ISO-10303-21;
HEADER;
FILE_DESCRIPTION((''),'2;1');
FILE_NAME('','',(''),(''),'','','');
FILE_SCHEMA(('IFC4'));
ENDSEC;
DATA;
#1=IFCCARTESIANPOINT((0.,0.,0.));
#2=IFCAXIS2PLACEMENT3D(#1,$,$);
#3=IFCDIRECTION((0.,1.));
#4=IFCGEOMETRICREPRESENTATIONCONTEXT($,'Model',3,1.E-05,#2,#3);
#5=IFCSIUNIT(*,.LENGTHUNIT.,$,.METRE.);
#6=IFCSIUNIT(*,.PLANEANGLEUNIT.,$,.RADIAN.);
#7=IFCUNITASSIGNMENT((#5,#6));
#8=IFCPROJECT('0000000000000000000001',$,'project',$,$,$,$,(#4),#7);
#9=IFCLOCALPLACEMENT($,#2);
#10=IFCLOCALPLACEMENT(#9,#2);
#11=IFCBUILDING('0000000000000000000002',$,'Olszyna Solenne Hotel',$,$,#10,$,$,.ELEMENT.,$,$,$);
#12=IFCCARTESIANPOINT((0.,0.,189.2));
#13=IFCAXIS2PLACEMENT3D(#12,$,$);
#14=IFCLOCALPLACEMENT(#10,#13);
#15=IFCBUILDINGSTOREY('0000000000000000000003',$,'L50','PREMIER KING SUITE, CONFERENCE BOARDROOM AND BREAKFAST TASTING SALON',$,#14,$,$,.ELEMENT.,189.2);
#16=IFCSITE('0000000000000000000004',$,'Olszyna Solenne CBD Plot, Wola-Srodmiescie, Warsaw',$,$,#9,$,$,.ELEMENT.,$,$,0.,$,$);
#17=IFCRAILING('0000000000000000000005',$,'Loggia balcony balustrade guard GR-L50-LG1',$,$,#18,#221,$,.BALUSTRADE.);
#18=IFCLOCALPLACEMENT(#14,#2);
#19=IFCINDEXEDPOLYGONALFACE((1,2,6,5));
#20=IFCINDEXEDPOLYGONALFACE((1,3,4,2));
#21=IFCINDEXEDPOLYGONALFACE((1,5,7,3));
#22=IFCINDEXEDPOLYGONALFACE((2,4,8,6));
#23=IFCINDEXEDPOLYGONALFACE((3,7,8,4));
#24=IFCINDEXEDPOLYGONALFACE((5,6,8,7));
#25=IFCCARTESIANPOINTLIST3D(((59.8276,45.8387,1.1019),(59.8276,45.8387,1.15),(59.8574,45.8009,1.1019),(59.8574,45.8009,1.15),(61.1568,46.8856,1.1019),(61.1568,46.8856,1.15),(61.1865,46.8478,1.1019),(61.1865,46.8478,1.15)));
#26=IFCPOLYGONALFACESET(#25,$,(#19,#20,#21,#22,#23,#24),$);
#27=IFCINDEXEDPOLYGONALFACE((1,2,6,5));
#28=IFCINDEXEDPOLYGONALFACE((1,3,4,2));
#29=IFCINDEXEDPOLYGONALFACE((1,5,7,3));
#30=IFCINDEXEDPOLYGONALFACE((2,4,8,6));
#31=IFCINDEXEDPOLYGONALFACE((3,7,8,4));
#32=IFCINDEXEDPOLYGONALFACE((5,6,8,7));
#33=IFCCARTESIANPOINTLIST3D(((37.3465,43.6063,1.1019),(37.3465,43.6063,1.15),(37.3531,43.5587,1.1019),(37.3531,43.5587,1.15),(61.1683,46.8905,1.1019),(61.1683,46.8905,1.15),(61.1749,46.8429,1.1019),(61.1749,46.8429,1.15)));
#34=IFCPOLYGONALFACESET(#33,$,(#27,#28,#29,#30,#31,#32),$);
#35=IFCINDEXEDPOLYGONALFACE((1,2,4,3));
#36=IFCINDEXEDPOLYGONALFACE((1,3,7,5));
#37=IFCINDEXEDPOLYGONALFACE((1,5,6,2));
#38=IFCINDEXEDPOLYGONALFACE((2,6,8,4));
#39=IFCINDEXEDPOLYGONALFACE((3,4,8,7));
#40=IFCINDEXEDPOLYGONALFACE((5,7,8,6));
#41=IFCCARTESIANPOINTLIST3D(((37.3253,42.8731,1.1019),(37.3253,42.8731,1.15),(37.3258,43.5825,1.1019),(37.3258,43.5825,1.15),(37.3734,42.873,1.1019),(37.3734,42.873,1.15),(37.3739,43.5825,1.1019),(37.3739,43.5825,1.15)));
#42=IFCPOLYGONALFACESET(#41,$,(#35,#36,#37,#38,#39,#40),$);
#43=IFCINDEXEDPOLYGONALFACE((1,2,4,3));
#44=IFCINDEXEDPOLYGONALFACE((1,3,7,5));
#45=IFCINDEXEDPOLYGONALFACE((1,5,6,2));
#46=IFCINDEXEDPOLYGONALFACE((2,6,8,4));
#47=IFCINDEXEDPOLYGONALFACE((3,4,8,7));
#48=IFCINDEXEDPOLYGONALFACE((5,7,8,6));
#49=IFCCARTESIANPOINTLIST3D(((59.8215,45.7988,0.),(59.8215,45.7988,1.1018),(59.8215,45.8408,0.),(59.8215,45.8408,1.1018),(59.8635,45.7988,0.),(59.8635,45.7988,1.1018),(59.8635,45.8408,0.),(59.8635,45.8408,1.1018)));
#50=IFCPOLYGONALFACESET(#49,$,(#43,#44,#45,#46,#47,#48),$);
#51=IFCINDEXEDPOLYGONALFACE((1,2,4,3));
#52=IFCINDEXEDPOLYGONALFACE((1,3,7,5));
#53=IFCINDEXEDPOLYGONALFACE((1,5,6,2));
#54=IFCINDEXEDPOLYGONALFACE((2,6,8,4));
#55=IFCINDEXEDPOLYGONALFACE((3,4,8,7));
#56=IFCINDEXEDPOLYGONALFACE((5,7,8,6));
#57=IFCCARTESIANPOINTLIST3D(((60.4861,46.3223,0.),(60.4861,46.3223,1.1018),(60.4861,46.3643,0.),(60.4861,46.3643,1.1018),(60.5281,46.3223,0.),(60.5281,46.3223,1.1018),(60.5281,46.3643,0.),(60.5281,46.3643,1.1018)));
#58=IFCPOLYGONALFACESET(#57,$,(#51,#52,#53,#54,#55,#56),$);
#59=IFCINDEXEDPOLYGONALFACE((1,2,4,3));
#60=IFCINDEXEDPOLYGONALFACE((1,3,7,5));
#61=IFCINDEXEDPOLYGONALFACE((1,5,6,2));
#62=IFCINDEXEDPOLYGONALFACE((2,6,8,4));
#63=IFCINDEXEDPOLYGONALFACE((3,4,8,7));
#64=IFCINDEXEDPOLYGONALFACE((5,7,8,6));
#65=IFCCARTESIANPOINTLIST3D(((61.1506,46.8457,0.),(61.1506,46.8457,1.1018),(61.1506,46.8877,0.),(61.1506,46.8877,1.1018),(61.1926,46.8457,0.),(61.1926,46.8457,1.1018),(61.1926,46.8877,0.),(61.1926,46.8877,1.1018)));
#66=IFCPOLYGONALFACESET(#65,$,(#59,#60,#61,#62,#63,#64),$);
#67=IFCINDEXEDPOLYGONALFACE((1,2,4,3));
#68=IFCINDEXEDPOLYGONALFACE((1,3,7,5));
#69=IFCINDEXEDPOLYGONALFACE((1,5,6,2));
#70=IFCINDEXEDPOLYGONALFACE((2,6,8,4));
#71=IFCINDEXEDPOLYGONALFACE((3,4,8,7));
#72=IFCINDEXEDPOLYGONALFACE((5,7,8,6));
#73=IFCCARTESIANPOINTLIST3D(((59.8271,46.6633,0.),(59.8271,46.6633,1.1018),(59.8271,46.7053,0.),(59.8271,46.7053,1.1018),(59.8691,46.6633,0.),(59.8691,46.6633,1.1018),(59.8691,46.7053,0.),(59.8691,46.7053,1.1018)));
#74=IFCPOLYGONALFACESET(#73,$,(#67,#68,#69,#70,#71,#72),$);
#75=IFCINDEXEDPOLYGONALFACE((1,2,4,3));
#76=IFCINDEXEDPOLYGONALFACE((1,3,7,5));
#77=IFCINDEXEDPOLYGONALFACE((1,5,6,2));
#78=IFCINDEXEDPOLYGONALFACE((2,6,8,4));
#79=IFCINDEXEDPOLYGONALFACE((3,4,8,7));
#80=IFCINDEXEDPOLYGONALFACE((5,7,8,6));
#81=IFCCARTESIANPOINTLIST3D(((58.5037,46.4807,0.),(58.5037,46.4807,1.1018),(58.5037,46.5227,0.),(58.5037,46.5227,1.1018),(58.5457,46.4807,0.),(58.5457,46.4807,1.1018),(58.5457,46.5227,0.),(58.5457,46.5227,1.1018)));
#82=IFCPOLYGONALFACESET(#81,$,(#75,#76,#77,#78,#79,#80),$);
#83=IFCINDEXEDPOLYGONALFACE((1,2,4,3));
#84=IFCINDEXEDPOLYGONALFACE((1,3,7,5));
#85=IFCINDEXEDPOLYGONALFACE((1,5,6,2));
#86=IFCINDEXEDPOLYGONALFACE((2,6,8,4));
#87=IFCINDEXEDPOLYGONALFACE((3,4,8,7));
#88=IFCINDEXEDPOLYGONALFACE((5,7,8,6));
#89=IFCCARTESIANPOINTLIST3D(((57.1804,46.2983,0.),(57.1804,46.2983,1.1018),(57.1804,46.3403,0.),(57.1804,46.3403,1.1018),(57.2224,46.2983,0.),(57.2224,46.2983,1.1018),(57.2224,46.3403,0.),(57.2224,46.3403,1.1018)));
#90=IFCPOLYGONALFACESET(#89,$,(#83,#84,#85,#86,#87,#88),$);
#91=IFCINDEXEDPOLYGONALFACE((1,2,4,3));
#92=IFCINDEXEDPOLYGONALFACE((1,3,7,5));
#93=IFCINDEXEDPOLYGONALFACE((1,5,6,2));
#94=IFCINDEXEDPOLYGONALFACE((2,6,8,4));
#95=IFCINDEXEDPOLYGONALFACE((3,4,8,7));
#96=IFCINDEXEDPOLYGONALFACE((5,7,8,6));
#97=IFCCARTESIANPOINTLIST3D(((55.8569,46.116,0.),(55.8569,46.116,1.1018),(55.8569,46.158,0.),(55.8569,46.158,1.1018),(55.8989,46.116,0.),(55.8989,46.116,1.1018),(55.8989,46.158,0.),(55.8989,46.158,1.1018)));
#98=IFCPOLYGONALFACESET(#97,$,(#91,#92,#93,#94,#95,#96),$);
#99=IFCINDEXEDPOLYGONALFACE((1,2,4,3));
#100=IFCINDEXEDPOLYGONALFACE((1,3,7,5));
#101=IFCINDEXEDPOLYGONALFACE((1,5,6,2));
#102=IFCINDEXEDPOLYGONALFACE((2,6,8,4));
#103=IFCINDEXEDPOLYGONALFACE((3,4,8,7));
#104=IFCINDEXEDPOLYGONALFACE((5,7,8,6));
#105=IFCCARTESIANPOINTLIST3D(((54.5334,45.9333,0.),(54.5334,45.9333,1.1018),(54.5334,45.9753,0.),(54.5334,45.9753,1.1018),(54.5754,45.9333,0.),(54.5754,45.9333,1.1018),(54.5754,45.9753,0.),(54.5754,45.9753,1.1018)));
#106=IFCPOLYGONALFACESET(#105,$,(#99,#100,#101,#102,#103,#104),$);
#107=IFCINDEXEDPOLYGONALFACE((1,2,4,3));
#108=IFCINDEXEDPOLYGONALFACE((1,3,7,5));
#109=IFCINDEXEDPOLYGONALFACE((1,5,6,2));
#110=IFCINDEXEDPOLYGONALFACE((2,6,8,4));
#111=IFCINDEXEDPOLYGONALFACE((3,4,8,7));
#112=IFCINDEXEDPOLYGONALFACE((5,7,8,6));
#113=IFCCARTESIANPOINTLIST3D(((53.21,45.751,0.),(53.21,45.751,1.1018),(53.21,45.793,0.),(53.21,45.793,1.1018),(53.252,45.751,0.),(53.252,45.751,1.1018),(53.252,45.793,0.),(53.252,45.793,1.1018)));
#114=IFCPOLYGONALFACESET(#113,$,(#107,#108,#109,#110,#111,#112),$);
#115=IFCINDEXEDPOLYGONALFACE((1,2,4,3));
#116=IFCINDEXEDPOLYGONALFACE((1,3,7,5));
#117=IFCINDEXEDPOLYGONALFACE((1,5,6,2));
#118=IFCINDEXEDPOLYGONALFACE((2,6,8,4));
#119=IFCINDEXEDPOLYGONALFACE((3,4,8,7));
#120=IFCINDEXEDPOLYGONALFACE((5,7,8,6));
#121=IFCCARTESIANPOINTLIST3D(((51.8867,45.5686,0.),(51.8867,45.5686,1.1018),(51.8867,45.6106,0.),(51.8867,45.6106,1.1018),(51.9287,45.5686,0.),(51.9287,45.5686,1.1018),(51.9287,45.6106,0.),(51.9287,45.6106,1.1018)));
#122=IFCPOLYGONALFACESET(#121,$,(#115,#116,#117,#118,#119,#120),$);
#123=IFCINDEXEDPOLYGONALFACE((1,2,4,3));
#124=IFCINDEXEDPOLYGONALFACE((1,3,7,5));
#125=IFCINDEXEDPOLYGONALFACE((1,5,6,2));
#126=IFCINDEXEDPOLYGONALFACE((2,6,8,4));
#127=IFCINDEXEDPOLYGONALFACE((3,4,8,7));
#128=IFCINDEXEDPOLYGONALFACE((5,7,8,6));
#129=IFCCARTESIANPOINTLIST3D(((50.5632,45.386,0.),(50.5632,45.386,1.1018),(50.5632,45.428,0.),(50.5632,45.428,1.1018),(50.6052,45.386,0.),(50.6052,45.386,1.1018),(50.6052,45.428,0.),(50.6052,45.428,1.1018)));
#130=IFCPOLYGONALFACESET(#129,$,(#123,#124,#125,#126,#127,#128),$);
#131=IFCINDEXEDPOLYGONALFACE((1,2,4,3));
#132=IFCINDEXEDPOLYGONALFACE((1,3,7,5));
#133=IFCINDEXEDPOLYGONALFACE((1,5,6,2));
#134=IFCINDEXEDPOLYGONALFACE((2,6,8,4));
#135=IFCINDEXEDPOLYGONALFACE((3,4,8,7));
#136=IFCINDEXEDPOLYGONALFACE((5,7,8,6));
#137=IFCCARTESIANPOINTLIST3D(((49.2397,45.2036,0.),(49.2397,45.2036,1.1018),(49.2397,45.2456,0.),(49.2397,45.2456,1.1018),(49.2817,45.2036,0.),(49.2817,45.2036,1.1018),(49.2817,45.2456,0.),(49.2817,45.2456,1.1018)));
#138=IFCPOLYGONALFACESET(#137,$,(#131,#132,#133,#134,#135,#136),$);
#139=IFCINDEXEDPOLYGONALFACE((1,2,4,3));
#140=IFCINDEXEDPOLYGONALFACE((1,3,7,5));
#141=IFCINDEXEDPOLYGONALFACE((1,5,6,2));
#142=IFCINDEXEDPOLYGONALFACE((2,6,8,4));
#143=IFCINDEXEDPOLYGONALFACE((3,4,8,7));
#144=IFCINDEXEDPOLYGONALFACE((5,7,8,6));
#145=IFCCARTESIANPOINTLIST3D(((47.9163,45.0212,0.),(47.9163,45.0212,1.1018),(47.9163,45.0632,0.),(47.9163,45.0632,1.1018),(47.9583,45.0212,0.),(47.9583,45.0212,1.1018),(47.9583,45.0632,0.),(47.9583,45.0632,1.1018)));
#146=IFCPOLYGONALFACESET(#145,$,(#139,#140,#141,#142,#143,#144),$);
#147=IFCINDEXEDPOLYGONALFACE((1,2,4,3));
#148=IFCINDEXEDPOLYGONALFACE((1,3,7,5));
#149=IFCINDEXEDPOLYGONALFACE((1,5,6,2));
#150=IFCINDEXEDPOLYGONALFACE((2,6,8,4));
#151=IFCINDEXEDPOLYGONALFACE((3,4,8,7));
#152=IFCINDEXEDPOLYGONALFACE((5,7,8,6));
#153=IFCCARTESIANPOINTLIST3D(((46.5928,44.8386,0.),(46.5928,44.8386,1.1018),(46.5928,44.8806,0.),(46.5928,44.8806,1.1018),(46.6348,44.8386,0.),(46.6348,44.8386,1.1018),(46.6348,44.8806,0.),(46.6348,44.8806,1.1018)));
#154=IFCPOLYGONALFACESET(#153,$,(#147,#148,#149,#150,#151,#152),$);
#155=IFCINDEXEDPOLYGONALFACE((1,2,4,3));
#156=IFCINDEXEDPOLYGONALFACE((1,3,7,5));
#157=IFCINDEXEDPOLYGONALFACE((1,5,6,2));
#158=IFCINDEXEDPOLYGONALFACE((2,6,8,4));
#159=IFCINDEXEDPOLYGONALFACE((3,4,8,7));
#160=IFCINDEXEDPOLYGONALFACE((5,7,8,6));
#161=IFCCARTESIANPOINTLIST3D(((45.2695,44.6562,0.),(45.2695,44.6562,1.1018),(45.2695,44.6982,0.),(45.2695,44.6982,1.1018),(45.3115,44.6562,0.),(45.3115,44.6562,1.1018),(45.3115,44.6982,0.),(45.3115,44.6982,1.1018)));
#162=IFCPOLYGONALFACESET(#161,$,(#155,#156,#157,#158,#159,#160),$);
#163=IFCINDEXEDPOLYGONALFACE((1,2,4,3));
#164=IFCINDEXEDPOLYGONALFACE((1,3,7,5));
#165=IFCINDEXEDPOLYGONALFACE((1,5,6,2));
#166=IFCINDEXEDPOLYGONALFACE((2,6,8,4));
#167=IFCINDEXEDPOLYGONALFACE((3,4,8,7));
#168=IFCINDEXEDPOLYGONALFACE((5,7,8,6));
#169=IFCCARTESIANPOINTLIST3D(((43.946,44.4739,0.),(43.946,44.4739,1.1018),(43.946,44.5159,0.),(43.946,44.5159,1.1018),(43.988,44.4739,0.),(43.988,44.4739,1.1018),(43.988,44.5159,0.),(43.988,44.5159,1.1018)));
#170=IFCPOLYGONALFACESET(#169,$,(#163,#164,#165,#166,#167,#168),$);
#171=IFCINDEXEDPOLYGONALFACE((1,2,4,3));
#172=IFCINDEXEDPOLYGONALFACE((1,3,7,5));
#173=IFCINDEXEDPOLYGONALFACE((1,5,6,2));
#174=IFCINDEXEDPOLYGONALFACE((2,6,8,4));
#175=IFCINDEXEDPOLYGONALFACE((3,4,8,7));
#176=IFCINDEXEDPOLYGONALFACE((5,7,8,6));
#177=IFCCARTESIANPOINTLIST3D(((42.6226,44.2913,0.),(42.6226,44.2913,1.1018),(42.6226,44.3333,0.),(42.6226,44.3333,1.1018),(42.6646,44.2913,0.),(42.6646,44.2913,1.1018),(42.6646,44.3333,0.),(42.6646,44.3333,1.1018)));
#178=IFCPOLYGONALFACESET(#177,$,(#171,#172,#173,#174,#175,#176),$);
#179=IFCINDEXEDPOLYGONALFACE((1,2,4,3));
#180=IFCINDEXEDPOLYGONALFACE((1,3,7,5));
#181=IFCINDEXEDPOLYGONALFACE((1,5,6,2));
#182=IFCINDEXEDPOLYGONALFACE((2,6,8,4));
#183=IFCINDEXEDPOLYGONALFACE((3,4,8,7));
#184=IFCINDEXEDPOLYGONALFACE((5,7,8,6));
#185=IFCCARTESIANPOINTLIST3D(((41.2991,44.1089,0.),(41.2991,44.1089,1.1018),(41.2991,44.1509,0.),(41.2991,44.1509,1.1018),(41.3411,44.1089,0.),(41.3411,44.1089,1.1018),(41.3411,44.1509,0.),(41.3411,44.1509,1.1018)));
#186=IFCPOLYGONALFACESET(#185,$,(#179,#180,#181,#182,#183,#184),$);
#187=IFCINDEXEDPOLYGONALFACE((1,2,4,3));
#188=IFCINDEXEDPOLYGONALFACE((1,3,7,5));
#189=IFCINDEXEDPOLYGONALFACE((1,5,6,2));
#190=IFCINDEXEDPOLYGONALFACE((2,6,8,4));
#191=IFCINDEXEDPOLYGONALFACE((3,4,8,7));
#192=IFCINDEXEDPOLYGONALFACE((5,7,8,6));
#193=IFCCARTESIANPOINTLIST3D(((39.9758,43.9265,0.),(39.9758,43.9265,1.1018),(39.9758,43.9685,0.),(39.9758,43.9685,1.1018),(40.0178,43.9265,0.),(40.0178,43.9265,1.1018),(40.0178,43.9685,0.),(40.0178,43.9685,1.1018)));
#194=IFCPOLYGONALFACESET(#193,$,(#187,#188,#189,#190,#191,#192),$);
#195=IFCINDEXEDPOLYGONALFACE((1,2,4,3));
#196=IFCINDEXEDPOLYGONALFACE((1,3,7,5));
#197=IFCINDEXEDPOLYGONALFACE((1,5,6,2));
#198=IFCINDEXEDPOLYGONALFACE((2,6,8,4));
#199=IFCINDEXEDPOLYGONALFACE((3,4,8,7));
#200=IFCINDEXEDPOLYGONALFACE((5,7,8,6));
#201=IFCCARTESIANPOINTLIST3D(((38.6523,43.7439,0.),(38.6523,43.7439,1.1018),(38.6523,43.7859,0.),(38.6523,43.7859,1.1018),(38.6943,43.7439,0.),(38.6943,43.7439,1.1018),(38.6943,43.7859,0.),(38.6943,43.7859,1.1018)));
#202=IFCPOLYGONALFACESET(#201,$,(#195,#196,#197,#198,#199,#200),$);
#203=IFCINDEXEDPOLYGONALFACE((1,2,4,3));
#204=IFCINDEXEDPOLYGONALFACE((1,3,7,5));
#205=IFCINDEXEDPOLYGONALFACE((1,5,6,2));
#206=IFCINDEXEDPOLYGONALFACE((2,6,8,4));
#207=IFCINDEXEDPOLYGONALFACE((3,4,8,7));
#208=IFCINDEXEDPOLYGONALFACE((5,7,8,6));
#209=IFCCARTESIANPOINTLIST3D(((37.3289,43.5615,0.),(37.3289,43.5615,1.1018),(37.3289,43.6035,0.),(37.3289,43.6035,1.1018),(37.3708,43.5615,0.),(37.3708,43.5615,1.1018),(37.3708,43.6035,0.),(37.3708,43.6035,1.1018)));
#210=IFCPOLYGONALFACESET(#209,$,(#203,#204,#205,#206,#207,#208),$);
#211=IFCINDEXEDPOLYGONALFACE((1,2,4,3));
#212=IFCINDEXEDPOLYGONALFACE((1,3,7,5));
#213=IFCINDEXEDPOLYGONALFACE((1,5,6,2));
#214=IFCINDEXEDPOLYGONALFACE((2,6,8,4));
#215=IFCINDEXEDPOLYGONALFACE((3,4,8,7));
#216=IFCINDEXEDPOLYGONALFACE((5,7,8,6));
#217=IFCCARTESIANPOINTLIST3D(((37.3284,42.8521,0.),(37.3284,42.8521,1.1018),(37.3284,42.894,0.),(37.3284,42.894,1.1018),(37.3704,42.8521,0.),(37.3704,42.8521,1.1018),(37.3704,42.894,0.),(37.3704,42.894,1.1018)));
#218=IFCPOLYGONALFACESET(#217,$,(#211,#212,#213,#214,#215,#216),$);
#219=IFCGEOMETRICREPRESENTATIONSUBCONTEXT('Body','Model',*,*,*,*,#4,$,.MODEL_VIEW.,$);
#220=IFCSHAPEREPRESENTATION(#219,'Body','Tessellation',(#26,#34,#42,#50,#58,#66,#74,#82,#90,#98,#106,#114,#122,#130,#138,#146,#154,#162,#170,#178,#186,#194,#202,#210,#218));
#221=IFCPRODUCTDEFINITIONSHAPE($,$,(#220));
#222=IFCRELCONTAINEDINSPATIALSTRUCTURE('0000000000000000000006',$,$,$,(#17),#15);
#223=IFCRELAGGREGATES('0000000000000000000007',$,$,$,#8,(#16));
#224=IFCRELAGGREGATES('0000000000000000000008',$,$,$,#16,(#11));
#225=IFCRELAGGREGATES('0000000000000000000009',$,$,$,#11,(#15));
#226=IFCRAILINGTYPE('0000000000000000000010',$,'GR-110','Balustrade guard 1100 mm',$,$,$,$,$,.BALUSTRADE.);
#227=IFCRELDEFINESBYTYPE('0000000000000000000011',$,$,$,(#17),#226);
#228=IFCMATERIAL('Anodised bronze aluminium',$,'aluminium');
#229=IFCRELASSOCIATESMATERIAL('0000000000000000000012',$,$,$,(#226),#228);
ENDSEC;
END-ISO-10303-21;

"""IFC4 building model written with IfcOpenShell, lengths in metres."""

from ifc_helpers import new_model, si_unit, direction, frame, origin, origin_2d, place, context, subcontext, project, spatial, rectangle, extrude, material, type_object, element, save


model = new_model("IFC4")

# Units and contexts
model_context = context("Model", 3, precision=1e-05, world=origin(), true_north=direction((0.0, 1.0)))
body_context = subcontext(model_context, "Body", "Model", "MODEL_VIEW")
ifc_project = project(units=[si_unit("LENGTHUNIT", "METRE"), si_unit("PLANEANGLEUNIT", "RADIAN")], contexts=[model_context])

# Site, building, storey
site_placement = place(None, origin())
site = spatial("IfcSite", under=ifc_project, at=site_placement, Name="Olszyna Solenne CBD Plot, Wola-Srodmiescie, Warsaw", CompositionType="ELEMENT", RefElevation=0.0)
building_placement = place(site_placement, origin())
building = spatial("IfcBuilding", under=site, at=building_placement, Name="Olszyna Solenne Hotel", CompositionType="ELEMENT")
storey_placement = place(building_placement, frame((0.0, 0.0, 189.2)))
storey = spatial("IfcBuildingStorey", under=building, at=storey_placement, Name="L50", Description="PREMIER KING SUITE, CONFERENCE BOARDROOM AND BREAKFAST TASTING SALON", CompositionType="ELEMENT", Elevation=189.2)

# Railing
ifc_material_1 = material(Name="Anodised bronze aluminium", Category="aluminium")
railing_type = type_object("IfcRailingType", Name="GR-110", Description="Balustrade guard 1100 mm", PredefinedType="BALUSTRADE", material=ifc_material_1)
railing_placement = place(storey_placement, frame((59.8425, 45.8198, 0.0)))
element("IfcRailing", 1, at=railing_placement, inside=storey, type_object=railing_type, Name="Loggia balcony balustrade guard GR-L50-LG1", PredefinedType="BALUSTRADE", context=body_context, shape_type="SweptSolid", body=[
    extrude(rectangle(XDim=0.0481, YDim=0.0481, at=origin_2d()), frame((0.0, 0.0, 1.126), z_axis=(0.785577, 0.618764, 0.0), x_axis=(-0.618764, 0.785577, 0.0)), (0.0, 0.0, 1.0), 1.6919),
    extrude(rectangle(XDim=0.0481, YDim=0.0481, at=origin_2d()), frame((1.3291, 1.0469, 1.126), z_axis=(-0.99063, -0.136573, 0.0), x_axis=(0.136573, -0.99063, 0.0)), (0.0, 0.0, 1.0), 24.0471),
    extrude(rectangle(XDim=0.0481, YDim=0.0481, at=origin_2d()), frame((-22.4927, -2.2373, 1.126), z_axis=(-0.000688, -1.0, 0.0), x_axis=(1.0, -0.000688, 0.0)), (0.0, 0.0, 1.0), 0.7095),
    extrude(rectangle(XDim=0.042, YDim=0.042, at=origin_2d()), origin(), (0.0, 0.0, 1.0), 1.1018),
    extrude(rectangle(XDim=0.042, YDim=0.042, at=origin_2d()), frame((0.6646, 0.5234, 0.0)), (0.0, 0.0, 1.0), 1.1018),
    extrude(rectangle(XDim=0.042, YDim=0.042, at=origin_2d()), frame((1.3291, 1.0469, 0.0)), (0.0, 0.0, 1.0), 1.1018),
    extrude(rectangle(XDim=0.042, YDim=0.042, at=origin_2d()), frame((0.0056, 0.8645, 0.0)), (0.0, 0.0, 1.0), 1.1018),
    extrude(rectangle(XDim=0.042, YDim=0.042, at=origin_2d()), frame((-1.3179, 0.6819, 0.0)), (0.0, 0.0, 1.0), 1.1018),
    extrude(rectangle(XDim=0.042, YDim=0.042, at=origin_2d()), frame((-2.6411, 0.4995, 0.0)), (0.0, 0.0, 1.0), 1.1018),
    extrude(rectangle(XDim=0.042, YDim=0.042, at=origin_2d()), frame((-3.9646, 0.3171, 0.0)), (0.0, 0.0, 1.0), 1.1018),
    extrude(rectangle(XDim=0.042, YDim=0.042, at=origin_2d()), frame((-5.2881, 0.1345, 0.0)), (0.0, 0.0, 1.0), 1.1018),
    extrude(rectangle(XDim=0.042, YDim=0.042, at=origin_2d()), frame((-6.6116, -0.0479, 0.0)), (0.0, 0.0, 1.0), 1.1018),
    extrude(rectangle(XDim=0.042, YDim=0.042, at=origin_2d()), frame((-7.9348, -0.2302, 0.0)), (0.0, 0.0, 1.0), 1.1018),
    extrude(rectangle(XDim=0.042, YDim=0.042, at=origin_2d()), frame((-9.2583, -0.4128, 0.0)), (0.0, 0.0, 1.0), 1.1018),
    extrude(rectangle(XDim=0.042, YDim=0.042, at=origin_2d()), frame((-10.5818, -0.5952, 0.0)), (0.0, 0.0, 1.0), 1.1018),
    extrude(rectangle(XDim=0.042, YDim=0.042, at=origin_2d()), frame((-11.9053, -0.7776, 0.0)), (0.0, 0.0, 1.0), 1.1018),
    extrude(rectangle(XDim=0.042, YDim=0.042, at=origin_2d()), frame((-13.2288, -0.9602, 0.0)), (0.0, 0.0, 1.0), 1.1018),
    extrude(rectangle(XDim=0.042, YDim=0.042, at=origin_2d()), frame((-14.552, -1.1426, 0.0)), (0.0, 0.0, 1.0), 1.1018),
    extrude(rectangle(XDim=0.042, YDim=0.042, at=origin_2d()), frame((-15.8755, -1.325, 0.0)), (0.0, 0.0, 1.0), 1.1018),
    extrude(rectangle(XDim=0.042, YDim=0.042, at=origin_2d()), frame((-17.199, -1.5076, 0.0)), (0.0, 0.0, 1.0), 1.1018),
    extrude(rectangle(XDim=0.042, YDim=0.042, at=origin_2d()), frame((-18.5225, -1.6899, 0.0)), (0.0, 0.0, 1.0), 1.1018),
    extrude(rectangle(XDim=0.042, YDim=0.042, at=origin_2d()), frame((-19.8457, -1.8723, 0.0)), (0.0, 0.0, 1.0), 1.1018),
    extrude(rectangle(XDim=0.042, YDim=0.042, at=origin_2d()), frame((-21.1692, -2.0549, 0.0)), (0.0, 0.0, 1.0), 1.1018),
    extrude(rectangle(XDim=0.042, YDim=0.042, at=origin_2d()), frame((-22.4927, -2.2373, 0.0)), (0.0, 0.0, 1.0), 1.1018),
    extrude(rectangle(XDim=0.042, YDim=0.042, at=origin_2d()), frame((-22.4932, -2.9468, 0.0)), (0.0, 0.0, 1.0), 1.1018),
])

save(model, "model.ifc")
